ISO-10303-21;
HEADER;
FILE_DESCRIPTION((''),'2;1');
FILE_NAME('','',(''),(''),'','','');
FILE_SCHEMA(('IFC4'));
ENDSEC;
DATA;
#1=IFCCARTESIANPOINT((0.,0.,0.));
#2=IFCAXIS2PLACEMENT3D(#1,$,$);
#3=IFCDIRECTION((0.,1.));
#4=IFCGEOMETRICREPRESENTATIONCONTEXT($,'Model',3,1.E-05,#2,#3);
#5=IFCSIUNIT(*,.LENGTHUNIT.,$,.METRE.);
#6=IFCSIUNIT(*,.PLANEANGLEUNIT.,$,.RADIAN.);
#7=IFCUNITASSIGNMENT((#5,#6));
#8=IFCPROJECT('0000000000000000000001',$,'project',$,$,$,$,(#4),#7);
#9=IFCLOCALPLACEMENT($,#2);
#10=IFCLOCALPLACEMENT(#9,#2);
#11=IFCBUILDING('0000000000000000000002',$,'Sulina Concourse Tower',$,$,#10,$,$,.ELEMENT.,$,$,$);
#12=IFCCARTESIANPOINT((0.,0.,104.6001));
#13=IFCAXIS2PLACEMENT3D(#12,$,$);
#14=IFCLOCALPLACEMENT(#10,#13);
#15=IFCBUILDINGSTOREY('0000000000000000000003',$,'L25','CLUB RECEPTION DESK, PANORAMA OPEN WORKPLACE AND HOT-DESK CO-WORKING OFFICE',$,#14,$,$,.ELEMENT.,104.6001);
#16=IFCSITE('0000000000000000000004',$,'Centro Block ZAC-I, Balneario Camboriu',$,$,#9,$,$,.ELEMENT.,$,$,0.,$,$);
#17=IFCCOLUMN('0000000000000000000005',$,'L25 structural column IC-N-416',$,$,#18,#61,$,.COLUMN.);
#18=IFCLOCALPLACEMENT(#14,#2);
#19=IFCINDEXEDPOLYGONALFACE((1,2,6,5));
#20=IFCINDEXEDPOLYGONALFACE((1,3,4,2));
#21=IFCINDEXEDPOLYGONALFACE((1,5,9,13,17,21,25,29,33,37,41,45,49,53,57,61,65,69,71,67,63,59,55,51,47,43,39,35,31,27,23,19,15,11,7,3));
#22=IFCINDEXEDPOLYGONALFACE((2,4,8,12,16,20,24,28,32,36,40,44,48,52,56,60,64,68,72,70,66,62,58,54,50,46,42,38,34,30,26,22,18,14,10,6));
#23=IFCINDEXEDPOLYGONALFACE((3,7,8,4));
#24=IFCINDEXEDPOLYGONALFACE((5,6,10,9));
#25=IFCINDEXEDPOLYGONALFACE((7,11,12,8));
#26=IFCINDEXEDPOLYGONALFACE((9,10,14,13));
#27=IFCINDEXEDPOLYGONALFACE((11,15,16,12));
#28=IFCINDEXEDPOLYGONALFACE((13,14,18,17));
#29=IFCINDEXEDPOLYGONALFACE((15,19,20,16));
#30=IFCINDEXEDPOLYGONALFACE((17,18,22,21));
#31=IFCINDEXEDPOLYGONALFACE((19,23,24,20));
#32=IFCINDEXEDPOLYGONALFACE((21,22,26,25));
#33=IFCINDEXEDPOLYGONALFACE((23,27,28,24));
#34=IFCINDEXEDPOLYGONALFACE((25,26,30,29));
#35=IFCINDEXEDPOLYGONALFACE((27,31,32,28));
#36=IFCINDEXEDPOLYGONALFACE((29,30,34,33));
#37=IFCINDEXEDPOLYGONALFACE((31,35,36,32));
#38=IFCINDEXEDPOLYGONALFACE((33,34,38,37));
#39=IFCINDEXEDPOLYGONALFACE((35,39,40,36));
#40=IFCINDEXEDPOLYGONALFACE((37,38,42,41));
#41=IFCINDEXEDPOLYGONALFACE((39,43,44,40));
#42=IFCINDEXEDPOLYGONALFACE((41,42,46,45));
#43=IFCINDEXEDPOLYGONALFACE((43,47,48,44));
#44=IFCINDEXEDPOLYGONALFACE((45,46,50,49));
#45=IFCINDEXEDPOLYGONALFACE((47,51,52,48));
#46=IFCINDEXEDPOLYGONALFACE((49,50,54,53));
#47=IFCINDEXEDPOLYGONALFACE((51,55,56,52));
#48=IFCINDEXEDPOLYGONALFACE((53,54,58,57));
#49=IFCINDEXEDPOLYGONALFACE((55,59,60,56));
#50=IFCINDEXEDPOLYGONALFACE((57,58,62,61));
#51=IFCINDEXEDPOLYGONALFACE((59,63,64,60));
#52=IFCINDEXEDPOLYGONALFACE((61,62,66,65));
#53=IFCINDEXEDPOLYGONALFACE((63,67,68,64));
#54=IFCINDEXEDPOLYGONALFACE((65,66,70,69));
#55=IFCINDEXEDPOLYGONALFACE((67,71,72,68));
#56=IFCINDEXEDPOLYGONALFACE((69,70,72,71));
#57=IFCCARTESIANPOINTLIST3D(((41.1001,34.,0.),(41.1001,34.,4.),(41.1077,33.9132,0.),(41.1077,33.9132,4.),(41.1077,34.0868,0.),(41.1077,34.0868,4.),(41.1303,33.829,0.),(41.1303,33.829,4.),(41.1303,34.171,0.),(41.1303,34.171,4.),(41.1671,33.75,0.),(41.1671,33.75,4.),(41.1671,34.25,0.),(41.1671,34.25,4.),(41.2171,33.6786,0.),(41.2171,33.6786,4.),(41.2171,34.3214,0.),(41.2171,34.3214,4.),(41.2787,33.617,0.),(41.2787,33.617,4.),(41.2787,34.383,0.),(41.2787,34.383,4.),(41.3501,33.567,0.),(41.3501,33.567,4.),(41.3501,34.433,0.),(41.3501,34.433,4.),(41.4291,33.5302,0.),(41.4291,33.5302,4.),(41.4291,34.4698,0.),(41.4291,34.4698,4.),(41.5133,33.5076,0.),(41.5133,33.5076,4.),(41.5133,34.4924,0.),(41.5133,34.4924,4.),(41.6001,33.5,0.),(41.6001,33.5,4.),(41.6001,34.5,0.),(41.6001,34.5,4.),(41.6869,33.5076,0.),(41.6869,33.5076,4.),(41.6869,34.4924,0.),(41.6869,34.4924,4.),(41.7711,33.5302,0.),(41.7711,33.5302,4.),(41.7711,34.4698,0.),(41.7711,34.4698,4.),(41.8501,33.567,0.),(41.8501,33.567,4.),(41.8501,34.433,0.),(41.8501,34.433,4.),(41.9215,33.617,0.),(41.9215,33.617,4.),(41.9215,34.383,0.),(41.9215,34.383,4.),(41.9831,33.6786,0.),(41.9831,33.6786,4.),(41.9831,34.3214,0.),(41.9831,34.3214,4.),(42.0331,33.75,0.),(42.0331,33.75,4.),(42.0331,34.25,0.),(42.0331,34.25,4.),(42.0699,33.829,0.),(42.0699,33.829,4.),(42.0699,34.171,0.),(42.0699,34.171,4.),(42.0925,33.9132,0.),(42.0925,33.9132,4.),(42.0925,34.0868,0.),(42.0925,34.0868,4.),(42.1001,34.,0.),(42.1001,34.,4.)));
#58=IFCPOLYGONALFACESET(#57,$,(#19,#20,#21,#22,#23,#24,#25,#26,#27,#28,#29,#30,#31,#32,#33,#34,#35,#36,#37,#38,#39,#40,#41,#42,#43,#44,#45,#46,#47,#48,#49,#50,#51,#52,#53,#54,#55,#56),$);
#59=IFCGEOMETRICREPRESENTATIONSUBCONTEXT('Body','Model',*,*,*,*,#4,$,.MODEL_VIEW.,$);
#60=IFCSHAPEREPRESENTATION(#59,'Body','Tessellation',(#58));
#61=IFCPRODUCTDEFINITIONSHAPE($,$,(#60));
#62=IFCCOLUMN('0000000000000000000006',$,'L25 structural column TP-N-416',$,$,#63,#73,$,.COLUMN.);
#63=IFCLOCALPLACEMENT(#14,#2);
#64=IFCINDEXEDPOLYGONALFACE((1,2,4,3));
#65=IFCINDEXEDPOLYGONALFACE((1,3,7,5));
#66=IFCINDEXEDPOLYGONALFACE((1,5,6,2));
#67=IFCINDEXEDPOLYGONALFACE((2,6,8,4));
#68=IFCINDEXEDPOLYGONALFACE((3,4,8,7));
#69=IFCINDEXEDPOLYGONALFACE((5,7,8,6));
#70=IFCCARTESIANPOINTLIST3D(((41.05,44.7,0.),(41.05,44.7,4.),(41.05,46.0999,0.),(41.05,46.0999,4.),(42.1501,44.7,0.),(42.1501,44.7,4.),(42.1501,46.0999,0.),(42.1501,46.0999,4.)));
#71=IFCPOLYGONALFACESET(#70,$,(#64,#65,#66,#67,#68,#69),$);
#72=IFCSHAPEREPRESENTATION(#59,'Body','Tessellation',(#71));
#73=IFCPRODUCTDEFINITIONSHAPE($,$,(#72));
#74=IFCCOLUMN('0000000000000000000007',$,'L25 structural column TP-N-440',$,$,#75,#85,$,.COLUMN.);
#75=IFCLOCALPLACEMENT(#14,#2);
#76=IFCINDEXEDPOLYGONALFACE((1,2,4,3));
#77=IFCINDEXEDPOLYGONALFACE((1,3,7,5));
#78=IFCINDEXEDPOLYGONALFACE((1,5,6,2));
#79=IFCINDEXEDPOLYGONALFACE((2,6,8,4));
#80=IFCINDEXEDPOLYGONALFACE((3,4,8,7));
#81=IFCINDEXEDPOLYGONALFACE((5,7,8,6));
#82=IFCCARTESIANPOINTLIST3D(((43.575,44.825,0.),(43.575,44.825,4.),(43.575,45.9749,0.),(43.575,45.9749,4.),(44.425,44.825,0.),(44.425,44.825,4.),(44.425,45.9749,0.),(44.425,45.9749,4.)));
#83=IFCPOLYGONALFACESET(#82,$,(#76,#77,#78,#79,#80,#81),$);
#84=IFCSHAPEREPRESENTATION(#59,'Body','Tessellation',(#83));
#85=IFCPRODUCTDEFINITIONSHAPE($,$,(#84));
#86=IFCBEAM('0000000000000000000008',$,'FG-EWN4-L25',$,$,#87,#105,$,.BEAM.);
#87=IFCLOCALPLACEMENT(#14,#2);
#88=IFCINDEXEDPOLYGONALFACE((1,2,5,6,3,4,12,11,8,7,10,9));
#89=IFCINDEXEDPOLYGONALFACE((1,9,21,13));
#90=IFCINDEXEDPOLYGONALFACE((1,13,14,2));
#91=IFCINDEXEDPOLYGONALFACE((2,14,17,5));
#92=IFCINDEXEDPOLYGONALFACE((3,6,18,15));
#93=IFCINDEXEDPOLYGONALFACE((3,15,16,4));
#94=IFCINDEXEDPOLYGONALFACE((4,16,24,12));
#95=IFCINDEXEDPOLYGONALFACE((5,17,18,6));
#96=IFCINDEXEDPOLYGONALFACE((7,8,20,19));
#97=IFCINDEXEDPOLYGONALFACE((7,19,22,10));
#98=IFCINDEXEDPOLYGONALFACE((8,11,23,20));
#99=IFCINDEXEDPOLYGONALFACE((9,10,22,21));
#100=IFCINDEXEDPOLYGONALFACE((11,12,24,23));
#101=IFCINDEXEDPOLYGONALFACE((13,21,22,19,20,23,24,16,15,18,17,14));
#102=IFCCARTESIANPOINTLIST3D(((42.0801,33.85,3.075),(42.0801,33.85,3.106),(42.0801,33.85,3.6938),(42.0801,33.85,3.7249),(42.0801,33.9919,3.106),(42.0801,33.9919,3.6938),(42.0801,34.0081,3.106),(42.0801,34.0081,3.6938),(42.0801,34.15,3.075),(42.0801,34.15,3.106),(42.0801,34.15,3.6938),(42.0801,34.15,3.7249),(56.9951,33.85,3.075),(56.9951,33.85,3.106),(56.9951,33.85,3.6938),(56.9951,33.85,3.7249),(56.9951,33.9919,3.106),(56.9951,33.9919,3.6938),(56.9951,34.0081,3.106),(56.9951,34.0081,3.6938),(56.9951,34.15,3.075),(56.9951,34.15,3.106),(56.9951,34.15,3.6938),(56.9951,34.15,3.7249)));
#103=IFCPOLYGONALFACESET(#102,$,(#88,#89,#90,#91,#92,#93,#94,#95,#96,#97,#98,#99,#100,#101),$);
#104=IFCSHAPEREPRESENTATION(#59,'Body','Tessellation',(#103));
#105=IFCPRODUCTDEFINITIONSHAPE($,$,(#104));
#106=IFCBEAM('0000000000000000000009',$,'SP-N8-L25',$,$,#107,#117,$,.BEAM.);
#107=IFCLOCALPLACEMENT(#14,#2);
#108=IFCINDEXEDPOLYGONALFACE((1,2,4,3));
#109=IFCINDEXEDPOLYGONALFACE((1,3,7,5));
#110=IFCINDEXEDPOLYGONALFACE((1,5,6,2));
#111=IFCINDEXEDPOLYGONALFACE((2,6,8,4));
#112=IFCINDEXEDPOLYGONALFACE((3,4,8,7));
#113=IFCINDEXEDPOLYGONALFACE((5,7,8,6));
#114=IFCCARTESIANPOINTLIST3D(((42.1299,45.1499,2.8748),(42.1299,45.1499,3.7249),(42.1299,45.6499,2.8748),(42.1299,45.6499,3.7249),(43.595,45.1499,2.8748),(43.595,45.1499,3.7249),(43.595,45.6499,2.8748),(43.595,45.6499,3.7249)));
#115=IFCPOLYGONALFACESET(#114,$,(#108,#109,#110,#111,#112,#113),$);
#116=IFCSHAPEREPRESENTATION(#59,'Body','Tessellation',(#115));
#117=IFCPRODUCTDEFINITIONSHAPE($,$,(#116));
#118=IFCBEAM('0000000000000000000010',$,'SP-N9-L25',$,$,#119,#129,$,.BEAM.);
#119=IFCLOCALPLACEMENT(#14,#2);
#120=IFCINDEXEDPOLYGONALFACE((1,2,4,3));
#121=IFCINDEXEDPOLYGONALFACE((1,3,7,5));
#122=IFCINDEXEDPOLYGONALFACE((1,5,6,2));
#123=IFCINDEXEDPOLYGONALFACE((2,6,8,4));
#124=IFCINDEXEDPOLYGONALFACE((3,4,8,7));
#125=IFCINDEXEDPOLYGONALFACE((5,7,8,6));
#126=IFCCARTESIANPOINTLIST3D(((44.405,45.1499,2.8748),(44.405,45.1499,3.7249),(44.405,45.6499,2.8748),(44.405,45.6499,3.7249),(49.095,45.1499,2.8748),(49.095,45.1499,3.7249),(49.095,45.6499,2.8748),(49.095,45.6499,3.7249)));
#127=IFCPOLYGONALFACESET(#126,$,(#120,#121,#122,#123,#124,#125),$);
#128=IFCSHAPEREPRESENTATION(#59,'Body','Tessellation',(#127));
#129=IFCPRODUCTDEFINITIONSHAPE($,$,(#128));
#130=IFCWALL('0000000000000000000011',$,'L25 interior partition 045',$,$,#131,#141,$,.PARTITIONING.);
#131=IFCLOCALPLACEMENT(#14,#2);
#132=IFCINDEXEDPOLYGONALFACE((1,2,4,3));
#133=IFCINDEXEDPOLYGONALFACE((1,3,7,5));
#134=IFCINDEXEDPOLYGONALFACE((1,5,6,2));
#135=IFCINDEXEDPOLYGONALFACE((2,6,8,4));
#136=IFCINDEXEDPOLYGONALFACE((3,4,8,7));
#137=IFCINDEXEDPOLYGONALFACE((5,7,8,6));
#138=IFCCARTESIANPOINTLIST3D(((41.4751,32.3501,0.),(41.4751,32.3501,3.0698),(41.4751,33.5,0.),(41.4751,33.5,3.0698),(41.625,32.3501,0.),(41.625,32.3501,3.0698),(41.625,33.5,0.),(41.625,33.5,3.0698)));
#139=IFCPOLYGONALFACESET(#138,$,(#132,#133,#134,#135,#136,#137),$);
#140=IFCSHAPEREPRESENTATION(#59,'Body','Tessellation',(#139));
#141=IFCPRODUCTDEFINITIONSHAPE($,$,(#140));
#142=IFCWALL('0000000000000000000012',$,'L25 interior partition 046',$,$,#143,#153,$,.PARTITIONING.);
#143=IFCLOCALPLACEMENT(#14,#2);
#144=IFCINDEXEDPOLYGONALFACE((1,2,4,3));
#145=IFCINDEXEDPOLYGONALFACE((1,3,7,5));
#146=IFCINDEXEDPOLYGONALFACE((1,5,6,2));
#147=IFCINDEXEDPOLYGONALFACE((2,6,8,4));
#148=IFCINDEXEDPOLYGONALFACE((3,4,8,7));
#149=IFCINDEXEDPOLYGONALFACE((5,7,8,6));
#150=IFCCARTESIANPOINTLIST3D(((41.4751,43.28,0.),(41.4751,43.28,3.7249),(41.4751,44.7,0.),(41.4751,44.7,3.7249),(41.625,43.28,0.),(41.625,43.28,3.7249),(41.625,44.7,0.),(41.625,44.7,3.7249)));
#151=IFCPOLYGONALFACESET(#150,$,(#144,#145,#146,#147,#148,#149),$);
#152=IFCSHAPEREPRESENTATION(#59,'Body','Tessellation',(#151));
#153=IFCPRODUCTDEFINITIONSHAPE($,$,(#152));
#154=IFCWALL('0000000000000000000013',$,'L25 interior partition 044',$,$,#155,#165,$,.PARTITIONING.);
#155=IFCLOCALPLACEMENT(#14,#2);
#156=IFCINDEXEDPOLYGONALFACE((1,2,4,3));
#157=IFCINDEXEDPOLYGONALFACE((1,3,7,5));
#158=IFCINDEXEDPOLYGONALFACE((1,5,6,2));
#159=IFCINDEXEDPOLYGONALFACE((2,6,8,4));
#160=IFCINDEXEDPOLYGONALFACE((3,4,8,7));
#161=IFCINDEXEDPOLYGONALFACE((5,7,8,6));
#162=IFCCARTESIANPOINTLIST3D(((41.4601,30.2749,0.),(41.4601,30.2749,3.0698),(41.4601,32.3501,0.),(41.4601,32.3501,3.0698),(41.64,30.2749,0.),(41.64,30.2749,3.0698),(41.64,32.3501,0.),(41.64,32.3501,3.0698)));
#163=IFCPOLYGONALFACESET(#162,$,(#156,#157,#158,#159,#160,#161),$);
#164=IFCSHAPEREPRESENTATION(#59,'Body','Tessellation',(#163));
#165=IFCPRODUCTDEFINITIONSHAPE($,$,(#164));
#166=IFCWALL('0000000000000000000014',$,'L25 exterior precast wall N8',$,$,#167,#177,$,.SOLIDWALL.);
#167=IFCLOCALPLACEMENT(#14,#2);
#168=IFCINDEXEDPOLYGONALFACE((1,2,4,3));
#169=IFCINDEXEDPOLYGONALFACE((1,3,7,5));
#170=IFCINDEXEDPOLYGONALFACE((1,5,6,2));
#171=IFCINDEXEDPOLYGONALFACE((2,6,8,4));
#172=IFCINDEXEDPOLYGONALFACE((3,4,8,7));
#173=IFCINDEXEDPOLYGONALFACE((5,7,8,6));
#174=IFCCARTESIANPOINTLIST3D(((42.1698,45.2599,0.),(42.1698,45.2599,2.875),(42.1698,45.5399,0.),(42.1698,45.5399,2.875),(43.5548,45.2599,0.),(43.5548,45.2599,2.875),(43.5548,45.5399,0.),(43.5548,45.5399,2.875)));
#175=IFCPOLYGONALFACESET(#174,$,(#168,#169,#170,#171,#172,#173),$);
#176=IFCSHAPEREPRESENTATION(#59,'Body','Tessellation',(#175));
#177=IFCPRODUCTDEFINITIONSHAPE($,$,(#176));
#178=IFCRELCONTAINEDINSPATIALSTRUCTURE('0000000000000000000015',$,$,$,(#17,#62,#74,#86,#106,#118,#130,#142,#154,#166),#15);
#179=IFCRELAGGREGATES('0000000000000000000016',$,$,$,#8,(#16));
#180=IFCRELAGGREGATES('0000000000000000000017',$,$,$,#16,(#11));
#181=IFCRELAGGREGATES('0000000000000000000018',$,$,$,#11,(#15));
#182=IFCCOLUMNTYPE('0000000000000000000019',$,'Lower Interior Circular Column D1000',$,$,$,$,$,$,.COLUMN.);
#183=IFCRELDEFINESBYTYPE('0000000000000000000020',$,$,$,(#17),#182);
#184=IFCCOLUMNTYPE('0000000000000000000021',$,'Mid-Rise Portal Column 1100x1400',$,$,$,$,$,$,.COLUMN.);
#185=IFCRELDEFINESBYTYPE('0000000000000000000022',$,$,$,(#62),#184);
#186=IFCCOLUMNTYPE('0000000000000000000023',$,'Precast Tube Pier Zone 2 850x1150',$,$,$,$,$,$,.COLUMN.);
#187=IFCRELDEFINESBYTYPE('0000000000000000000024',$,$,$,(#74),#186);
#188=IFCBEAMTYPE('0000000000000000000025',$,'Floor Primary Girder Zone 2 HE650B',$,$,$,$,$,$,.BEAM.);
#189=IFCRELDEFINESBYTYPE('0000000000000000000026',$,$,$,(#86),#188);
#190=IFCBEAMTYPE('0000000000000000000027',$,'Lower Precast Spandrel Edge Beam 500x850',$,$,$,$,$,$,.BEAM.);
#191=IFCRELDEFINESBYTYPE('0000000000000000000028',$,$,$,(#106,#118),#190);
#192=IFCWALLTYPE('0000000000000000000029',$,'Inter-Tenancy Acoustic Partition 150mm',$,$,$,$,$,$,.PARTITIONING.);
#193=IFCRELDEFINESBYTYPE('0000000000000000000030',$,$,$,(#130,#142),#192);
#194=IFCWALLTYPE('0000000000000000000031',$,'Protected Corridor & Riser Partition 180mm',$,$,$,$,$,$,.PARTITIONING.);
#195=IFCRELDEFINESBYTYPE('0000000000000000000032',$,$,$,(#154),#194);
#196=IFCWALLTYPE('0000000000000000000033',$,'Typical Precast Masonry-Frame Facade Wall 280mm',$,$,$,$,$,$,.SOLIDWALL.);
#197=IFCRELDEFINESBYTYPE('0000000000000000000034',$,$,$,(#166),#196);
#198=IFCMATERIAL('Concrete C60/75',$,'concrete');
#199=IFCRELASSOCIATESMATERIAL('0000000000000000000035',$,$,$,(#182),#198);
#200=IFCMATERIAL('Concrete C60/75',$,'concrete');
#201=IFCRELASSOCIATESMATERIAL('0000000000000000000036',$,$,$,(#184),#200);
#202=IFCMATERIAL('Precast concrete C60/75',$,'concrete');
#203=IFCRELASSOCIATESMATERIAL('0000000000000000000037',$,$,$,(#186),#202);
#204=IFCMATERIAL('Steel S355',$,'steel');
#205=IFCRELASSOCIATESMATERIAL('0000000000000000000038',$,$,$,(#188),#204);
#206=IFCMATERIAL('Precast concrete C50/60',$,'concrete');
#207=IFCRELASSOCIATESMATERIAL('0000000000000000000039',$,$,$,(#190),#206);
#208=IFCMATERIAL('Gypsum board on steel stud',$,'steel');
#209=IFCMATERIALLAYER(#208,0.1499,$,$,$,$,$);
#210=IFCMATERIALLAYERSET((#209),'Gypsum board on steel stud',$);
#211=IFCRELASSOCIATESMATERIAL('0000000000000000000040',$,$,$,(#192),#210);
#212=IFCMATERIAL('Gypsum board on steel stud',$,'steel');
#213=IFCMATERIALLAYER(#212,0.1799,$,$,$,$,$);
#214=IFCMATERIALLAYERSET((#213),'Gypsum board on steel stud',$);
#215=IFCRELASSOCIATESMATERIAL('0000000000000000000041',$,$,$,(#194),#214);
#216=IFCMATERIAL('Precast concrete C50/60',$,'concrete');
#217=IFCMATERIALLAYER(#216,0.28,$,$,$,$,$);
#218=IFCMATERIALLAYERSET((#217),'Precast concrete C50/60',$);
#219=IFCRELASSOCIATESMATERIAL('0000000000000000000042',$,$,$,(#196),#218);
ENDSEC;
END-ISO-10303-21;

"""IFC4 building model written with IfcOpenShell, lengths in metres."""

from ifc_helpers import new_model, si_unit, direction, frame, frame_2d, origin, origin_2d, place, context, subcontext, project, spatial, rectangle, circle, i_section, extrude, material, layer, layer_set, material_profile, profile_set, type_object, element, save


model = new_model("IFC4")

# Units and contexts
model_context = context("Model", 3, precision=1e-05, world=origin(), true_north=direction((0.0, 1.0)))
body_context = subcontext(model_context, "Body", "Model", "MODEL_VIEW")
ifc_project = project(units=[si_unit("LENGTHUNIT", "METRE"), si_unit("PLANEANGLEUNIT", "RADIAN")], contexts=[model_context])

# Site, building, storey
site_placement = place(None, origin())
site = spatial("IfcSite", under=ifc_project, at=site_placement, Name="Centro Block ZAC-I, Balneario Camboriu", CompositionType="ELEMENT", RefElevation=0.0)
building_placement = place(site_placement, origin())
building = spatial("IfcBuilding", under=site, at=building_placement, Name="Sulina Concourse Tower", CompositionType="ELEMENT")
storey_placement = place(building_placement, frame((0.0, 0.0, 104.6001)))
storey = spatial("IfcBuildingStorey", under=building, at=storey_placement, Name="L25", Description="CLUB RECEPTION DESK, PANORAMA OPEN WORKPLACE AND HOT-DESK CO-WORKING OFFICE", CompositionType="ELEMENT", Elevation=104.6001)

# Columns
ifc_material_1 = material(Name="Concrete C60/75", Category="concrete")
ifc_material_profile_1 = material_profile(ifc_material_1, circle(Radius=0.5, at=origin_2d()), Name="RC D1000")
ifc_profile_set_1 = profile_set([ifc_material_profile_1], Name="Concrete C60/75")
column_type_1 = type_object("IfcColumnType", Name="Lower Interior Circular Column D1000", PredefinedType="COLUMN", material=ifc_profile_set_1)
column_1_placement = place(storey_placement, frame((41.6001, 34.0, 0.0), z_axis=(0.0, 0.0, 1.0), x_axis=(1.0, 0.0, 0.0)))
element("IfcColumn", 1, at=column_1_placement, inside=storey, type_object=column_type_1, Name="L25 structural column IC-N-416", PredefinedType="COLUMN", context=body_context, shape_type="SweptSolid", body=[
    extrude(circle(Radius=0.5, at=origin_2d()), origin(), (0.0, 0.0, 1.0), 4.0),
])
ifc_material_2 = material(Name="Concrete C60/75", Category="concrete")
ifc_material_profile_2 = material_profile(ifc_material_2, rectangle(XDim=1.1001, YDim=1.3999, at=origin_2d()), Name="RC 1100x1400")
ifc_profile_set_2 = profile_set([ifc_material_profile_2], Name="Concrete C60/75")
column_type_2 = type_object("IfcColumnType", Name="Mid-Rise Portal Column 1100x1400", PredefinedType="COLUMN", material=ifc_profile_set_2)
column_2_placement = place(storey_placement, frame((41.6001, 45.3999, 0.0), z_axis=(0.0, 0.0, 1.0), x_axis=(1.0, 0.0, 0.0)))
element("IfcColumn", 2, at=column_2_placement, inside=storey, type_object=column_type_2, Name="L25 structural column TP-N-416", PredefinedType="COLUMN", context=body_context, shape_type="SweptSolid", body=[
    extrude(rectangle(XDim=1.1001, YDim=1.3999, at=origin_2d()), origin(), (0.0, 0.0, 1.0), 4.0),
])
ifc_material_3 = material(Name="Precast concrete C60/75", Category="concrete")
ifc_material_profile_3 = material_profile(ifc_material_3, rectangle(XDim=0.8501, YDim=1.1499, at=origin_2d()), Name="PC 850x1150")
ifc_profile_set_3 = profile_set([ifc_material_profile_3], Name="Precast concrete C60/75")
column_type_3 = type_object("IfcColumnType", Name="Precast Tube Pier Zone 2 850x1150", PredefinedType="COLUMN", material=ifc_profile_set_3)
column_3_placement = place(storey_placement, frame((44.0, 45.3999, 0.0), z_axis=(0.0, 0.0, 1.0), x_axis=(1.0, 0.0, 0.0)))
element("IfcColumn", 3, at=column_3_placement, inside=storey, type_object=column_type_3, Name="L25 structural column TP-N-440", PredefinedType="COLUMN", context=body_context, shape_type="SweptSolid", body=[
    extrude(rectangle(XDim=0.8501, YDim=1.1499, at=origin_2d()), origin(), (0.0, 0.0, 1.0), 4.0),
])

# Beams
ifc_material_4 = material(Name="Steel S355", Category="steel")
ifc_material_profile_4 = material_profile(ifc_material_4, i_section(OverallWidth=0.3, OverallDepth=0.6499, WebThickness=0.0161, FlangeThickness=0.031, at=origin_2d()), Name="HE 650 B")
ifc_profile_set_4 = profile_set([ifc_material_profile_4], Name="Steel S355")
beam_type_1 = type_object("IfcBeamType", Name="Floor Primary Girder Zone 2 HE650B", PredefinedType="BEAM", material=ifc_profile_set_4)
beam_1_placement = place(storey_placement, frame((42.0801, 34.0, 3.3999), z_axis=(1.0, 0.0, 0.0), x_axis=(0.0, 1.0, 0.0)))
element("IfcBeam", 4, at=beam_1_placement, inside=storey, type_object=beam_type_1, Name="FG-EWN4-L25", PredefinedType="BEAM", context=body_context, shape_type="SweptSolid", body=[
    extrude(i_section(OverallWidth=0.3, OverallDepth=0.6499, WebThickness=0.0161, FlangeThickness=0.031, at=origin_2d()), origin(), (0.0, 0.0, 1.0), 14.915),
])
ifc_material_5 = material(Name="Precast concrete C50/60", Category="concrete")
ifc_material_profile_5 = material_profile(ifc_material_5, rectangle(XDim=0.5, YDim=0.8501, at=origin_2d()), Name="RC 500x850")
ifc_profile_set_5 = profile_set([ifc_material_profile_5], Name="Precast concrete C50/60")
beam_type_2 = type_object("IfcBeamType", Name="Lower Precast Spandrel Edge Beam 500x850", PredefinedType="BEAM", material=ifc_profile_set_5)
beam_2_placement = place(storey_placement, frame((42.1299, 45.3999, 3.2998), z_axis=(1.0, 0.0, 0.0), x_axis=(0.0, 1.0, 0.0)))
element("IfcBeam", 5, at=beam_2_placement, inside=storey, type_object=beam_type_2, Name="SP-N8-L25", PredefinedType="BEAM", context=body_context, shape_type="SweptSolid", body=[
    extrude(rectangle(XDim=0.5, YDim=0.8501, at=origin_2d()), origin(), (0.0, 0.0, 1.0), 1.4651),
])
beam_3_placement = place(storey_placement, frame((44.405, 45.3999, 3.2998), z_axis=(1.0, 0.0, 0.0), x_axis=(0.0, 1.0, 0.0)))
element("IfcBeam", 6, at=beam_3_placement, inside=storey, type_object=beam_type_2, Name="SP-N9-L25", PredefinedType="BEAM", context=body_context, shape_type="SweptSolid", body=[
    extrude(rectangle(XDim=0.5, YDim=0.8501, at=origin_2d()), origin(), (0.0, 0.0, 1.0), 4.6899),
])

# Walls
ifc_material_6 = material(Name="Gypsum board on steel stud", Category="steel")
ifc_layer_1 = layer(ifc_material_6, 0.1499)
ifc_layer_set_1 = layer_set([ifc_layer_1], Name="Gypsum board on steel stud")
wall_type_1 = type_object("IfcWallType", Name="Inter-Tenancy Acoustic Partition 150mm", PredefinedType="PARTITIONING", material=ifc_layer_set_1)
wall_1_placement = place(storey_placement, frame((41.55, 32.3501, 0.0), z_axis=(0.0, 0.0, 1.0), x_axis=(0.0, 1.0, 0.0)))
element("IfcWall", 7, at=wall_1_placement, inside=storey, type_object=wall_type_1, Name="L25 interior partition 045", PredefinedType="PARTITIONING", context=body_context, shape_type="SweptSolid", body=[
    extrude(rectangle(XDim=1.1499, YDim=0.1499, at=frame_2d((0.575, 0.0))), origin(), (0.0, 0.0, 1.0), 3.0698),
])
wall_2_placement = place(storey_placement, frame((41.55, 43.28, 0.0), z_axis=(0.0, 0.0, 1.0), x_axis=(0.0, 1.0, 0.0)))
element("IfcWall", 8, at=wall_2_placement, inside=storey, type_object=wall_type_1, Name="L25 interior partition 046", PredefinedType="PARTITIONING", context=body_context, shape_type="SweptSolid", body=[
    extrude(rectangle(XDim=1.4199, YDim=0.1499, at=frame_2d((0.71, 0.0))), origin(), (0.0, 0.0, 1.0), 3.7249),
])
ifc_material_7 = material(Name="Gypsum board on steel stud", Category="steel")
ifc_layer_2 = layer(ifc_material_7, 0.1799)
ifc_layer_set_2 = layer_set([ifc_layer_2], Name="Gypsum board on steel stud")
wall_type_2 = type_object("IfcWallType", Name="Protected Corridor & Riser Partition 180mm", PredefinedType="PARTITIONING", material=ifc_layer_set_2)
wall_3_placement = place(storey_placement, frame((41.55, 30.2749, 0.0), z_axis=(0.0, 0.0, 1.0), x_axis=(0.0, 1.0, 0.0)))
element("IfcWall", 9, at=wall_3_placement, inside=storey, type_object=wall_type_2, Name="L25 interior partition 044", PredefinedType="PARTITIONING", context=body_context, shape_type="SweptSolid", body=[
    extrude(rectangle(XDim=2.0752, YDim=0.1799, at=frame_2d((1.0376, 0.0))), origin(), (0.0, 0.0, 1.0), 3.0698),
])
ifc_material_8 = material(Name="Precast concrete C50/60", Category="concrete")
ifc_layer_3 = layer(ifc_material_8, 0.28)
ifc_layer_set_3 = layer_set([ifc_layer_3], Name="Precast concrete C50/60")
wall_type_3 = type_object("IfcWallType", Name="Typical Precast Masonry-Frame Facade Wall 280mm", PredefinedType="SOLIDWALL", material=ifc_layer_set_3)
wall_4_placement = place(storey_placement, frame((42.1699, 45.3999, 0.0), z_axis=(0.0, 0.0, 1.0), x_axis=(1.0, 0.0, 0.0)))
element("IfcWall", 10, at=wall_4_placement, inside=storey, type_object=wall_type_3, Name="L25 exterior precast wall N8", PredefinedType="SOLIDWALL", context=body_context, shape_type="SweptSolid", body=[
    extrude(rectangle(XDim=1.385, YDim=0.28, at=frame_2d((0.6924, 0.0))), origin(), (0.0, 0.0, 1.0), 2.875),
])

save(model, "model.ifc")
